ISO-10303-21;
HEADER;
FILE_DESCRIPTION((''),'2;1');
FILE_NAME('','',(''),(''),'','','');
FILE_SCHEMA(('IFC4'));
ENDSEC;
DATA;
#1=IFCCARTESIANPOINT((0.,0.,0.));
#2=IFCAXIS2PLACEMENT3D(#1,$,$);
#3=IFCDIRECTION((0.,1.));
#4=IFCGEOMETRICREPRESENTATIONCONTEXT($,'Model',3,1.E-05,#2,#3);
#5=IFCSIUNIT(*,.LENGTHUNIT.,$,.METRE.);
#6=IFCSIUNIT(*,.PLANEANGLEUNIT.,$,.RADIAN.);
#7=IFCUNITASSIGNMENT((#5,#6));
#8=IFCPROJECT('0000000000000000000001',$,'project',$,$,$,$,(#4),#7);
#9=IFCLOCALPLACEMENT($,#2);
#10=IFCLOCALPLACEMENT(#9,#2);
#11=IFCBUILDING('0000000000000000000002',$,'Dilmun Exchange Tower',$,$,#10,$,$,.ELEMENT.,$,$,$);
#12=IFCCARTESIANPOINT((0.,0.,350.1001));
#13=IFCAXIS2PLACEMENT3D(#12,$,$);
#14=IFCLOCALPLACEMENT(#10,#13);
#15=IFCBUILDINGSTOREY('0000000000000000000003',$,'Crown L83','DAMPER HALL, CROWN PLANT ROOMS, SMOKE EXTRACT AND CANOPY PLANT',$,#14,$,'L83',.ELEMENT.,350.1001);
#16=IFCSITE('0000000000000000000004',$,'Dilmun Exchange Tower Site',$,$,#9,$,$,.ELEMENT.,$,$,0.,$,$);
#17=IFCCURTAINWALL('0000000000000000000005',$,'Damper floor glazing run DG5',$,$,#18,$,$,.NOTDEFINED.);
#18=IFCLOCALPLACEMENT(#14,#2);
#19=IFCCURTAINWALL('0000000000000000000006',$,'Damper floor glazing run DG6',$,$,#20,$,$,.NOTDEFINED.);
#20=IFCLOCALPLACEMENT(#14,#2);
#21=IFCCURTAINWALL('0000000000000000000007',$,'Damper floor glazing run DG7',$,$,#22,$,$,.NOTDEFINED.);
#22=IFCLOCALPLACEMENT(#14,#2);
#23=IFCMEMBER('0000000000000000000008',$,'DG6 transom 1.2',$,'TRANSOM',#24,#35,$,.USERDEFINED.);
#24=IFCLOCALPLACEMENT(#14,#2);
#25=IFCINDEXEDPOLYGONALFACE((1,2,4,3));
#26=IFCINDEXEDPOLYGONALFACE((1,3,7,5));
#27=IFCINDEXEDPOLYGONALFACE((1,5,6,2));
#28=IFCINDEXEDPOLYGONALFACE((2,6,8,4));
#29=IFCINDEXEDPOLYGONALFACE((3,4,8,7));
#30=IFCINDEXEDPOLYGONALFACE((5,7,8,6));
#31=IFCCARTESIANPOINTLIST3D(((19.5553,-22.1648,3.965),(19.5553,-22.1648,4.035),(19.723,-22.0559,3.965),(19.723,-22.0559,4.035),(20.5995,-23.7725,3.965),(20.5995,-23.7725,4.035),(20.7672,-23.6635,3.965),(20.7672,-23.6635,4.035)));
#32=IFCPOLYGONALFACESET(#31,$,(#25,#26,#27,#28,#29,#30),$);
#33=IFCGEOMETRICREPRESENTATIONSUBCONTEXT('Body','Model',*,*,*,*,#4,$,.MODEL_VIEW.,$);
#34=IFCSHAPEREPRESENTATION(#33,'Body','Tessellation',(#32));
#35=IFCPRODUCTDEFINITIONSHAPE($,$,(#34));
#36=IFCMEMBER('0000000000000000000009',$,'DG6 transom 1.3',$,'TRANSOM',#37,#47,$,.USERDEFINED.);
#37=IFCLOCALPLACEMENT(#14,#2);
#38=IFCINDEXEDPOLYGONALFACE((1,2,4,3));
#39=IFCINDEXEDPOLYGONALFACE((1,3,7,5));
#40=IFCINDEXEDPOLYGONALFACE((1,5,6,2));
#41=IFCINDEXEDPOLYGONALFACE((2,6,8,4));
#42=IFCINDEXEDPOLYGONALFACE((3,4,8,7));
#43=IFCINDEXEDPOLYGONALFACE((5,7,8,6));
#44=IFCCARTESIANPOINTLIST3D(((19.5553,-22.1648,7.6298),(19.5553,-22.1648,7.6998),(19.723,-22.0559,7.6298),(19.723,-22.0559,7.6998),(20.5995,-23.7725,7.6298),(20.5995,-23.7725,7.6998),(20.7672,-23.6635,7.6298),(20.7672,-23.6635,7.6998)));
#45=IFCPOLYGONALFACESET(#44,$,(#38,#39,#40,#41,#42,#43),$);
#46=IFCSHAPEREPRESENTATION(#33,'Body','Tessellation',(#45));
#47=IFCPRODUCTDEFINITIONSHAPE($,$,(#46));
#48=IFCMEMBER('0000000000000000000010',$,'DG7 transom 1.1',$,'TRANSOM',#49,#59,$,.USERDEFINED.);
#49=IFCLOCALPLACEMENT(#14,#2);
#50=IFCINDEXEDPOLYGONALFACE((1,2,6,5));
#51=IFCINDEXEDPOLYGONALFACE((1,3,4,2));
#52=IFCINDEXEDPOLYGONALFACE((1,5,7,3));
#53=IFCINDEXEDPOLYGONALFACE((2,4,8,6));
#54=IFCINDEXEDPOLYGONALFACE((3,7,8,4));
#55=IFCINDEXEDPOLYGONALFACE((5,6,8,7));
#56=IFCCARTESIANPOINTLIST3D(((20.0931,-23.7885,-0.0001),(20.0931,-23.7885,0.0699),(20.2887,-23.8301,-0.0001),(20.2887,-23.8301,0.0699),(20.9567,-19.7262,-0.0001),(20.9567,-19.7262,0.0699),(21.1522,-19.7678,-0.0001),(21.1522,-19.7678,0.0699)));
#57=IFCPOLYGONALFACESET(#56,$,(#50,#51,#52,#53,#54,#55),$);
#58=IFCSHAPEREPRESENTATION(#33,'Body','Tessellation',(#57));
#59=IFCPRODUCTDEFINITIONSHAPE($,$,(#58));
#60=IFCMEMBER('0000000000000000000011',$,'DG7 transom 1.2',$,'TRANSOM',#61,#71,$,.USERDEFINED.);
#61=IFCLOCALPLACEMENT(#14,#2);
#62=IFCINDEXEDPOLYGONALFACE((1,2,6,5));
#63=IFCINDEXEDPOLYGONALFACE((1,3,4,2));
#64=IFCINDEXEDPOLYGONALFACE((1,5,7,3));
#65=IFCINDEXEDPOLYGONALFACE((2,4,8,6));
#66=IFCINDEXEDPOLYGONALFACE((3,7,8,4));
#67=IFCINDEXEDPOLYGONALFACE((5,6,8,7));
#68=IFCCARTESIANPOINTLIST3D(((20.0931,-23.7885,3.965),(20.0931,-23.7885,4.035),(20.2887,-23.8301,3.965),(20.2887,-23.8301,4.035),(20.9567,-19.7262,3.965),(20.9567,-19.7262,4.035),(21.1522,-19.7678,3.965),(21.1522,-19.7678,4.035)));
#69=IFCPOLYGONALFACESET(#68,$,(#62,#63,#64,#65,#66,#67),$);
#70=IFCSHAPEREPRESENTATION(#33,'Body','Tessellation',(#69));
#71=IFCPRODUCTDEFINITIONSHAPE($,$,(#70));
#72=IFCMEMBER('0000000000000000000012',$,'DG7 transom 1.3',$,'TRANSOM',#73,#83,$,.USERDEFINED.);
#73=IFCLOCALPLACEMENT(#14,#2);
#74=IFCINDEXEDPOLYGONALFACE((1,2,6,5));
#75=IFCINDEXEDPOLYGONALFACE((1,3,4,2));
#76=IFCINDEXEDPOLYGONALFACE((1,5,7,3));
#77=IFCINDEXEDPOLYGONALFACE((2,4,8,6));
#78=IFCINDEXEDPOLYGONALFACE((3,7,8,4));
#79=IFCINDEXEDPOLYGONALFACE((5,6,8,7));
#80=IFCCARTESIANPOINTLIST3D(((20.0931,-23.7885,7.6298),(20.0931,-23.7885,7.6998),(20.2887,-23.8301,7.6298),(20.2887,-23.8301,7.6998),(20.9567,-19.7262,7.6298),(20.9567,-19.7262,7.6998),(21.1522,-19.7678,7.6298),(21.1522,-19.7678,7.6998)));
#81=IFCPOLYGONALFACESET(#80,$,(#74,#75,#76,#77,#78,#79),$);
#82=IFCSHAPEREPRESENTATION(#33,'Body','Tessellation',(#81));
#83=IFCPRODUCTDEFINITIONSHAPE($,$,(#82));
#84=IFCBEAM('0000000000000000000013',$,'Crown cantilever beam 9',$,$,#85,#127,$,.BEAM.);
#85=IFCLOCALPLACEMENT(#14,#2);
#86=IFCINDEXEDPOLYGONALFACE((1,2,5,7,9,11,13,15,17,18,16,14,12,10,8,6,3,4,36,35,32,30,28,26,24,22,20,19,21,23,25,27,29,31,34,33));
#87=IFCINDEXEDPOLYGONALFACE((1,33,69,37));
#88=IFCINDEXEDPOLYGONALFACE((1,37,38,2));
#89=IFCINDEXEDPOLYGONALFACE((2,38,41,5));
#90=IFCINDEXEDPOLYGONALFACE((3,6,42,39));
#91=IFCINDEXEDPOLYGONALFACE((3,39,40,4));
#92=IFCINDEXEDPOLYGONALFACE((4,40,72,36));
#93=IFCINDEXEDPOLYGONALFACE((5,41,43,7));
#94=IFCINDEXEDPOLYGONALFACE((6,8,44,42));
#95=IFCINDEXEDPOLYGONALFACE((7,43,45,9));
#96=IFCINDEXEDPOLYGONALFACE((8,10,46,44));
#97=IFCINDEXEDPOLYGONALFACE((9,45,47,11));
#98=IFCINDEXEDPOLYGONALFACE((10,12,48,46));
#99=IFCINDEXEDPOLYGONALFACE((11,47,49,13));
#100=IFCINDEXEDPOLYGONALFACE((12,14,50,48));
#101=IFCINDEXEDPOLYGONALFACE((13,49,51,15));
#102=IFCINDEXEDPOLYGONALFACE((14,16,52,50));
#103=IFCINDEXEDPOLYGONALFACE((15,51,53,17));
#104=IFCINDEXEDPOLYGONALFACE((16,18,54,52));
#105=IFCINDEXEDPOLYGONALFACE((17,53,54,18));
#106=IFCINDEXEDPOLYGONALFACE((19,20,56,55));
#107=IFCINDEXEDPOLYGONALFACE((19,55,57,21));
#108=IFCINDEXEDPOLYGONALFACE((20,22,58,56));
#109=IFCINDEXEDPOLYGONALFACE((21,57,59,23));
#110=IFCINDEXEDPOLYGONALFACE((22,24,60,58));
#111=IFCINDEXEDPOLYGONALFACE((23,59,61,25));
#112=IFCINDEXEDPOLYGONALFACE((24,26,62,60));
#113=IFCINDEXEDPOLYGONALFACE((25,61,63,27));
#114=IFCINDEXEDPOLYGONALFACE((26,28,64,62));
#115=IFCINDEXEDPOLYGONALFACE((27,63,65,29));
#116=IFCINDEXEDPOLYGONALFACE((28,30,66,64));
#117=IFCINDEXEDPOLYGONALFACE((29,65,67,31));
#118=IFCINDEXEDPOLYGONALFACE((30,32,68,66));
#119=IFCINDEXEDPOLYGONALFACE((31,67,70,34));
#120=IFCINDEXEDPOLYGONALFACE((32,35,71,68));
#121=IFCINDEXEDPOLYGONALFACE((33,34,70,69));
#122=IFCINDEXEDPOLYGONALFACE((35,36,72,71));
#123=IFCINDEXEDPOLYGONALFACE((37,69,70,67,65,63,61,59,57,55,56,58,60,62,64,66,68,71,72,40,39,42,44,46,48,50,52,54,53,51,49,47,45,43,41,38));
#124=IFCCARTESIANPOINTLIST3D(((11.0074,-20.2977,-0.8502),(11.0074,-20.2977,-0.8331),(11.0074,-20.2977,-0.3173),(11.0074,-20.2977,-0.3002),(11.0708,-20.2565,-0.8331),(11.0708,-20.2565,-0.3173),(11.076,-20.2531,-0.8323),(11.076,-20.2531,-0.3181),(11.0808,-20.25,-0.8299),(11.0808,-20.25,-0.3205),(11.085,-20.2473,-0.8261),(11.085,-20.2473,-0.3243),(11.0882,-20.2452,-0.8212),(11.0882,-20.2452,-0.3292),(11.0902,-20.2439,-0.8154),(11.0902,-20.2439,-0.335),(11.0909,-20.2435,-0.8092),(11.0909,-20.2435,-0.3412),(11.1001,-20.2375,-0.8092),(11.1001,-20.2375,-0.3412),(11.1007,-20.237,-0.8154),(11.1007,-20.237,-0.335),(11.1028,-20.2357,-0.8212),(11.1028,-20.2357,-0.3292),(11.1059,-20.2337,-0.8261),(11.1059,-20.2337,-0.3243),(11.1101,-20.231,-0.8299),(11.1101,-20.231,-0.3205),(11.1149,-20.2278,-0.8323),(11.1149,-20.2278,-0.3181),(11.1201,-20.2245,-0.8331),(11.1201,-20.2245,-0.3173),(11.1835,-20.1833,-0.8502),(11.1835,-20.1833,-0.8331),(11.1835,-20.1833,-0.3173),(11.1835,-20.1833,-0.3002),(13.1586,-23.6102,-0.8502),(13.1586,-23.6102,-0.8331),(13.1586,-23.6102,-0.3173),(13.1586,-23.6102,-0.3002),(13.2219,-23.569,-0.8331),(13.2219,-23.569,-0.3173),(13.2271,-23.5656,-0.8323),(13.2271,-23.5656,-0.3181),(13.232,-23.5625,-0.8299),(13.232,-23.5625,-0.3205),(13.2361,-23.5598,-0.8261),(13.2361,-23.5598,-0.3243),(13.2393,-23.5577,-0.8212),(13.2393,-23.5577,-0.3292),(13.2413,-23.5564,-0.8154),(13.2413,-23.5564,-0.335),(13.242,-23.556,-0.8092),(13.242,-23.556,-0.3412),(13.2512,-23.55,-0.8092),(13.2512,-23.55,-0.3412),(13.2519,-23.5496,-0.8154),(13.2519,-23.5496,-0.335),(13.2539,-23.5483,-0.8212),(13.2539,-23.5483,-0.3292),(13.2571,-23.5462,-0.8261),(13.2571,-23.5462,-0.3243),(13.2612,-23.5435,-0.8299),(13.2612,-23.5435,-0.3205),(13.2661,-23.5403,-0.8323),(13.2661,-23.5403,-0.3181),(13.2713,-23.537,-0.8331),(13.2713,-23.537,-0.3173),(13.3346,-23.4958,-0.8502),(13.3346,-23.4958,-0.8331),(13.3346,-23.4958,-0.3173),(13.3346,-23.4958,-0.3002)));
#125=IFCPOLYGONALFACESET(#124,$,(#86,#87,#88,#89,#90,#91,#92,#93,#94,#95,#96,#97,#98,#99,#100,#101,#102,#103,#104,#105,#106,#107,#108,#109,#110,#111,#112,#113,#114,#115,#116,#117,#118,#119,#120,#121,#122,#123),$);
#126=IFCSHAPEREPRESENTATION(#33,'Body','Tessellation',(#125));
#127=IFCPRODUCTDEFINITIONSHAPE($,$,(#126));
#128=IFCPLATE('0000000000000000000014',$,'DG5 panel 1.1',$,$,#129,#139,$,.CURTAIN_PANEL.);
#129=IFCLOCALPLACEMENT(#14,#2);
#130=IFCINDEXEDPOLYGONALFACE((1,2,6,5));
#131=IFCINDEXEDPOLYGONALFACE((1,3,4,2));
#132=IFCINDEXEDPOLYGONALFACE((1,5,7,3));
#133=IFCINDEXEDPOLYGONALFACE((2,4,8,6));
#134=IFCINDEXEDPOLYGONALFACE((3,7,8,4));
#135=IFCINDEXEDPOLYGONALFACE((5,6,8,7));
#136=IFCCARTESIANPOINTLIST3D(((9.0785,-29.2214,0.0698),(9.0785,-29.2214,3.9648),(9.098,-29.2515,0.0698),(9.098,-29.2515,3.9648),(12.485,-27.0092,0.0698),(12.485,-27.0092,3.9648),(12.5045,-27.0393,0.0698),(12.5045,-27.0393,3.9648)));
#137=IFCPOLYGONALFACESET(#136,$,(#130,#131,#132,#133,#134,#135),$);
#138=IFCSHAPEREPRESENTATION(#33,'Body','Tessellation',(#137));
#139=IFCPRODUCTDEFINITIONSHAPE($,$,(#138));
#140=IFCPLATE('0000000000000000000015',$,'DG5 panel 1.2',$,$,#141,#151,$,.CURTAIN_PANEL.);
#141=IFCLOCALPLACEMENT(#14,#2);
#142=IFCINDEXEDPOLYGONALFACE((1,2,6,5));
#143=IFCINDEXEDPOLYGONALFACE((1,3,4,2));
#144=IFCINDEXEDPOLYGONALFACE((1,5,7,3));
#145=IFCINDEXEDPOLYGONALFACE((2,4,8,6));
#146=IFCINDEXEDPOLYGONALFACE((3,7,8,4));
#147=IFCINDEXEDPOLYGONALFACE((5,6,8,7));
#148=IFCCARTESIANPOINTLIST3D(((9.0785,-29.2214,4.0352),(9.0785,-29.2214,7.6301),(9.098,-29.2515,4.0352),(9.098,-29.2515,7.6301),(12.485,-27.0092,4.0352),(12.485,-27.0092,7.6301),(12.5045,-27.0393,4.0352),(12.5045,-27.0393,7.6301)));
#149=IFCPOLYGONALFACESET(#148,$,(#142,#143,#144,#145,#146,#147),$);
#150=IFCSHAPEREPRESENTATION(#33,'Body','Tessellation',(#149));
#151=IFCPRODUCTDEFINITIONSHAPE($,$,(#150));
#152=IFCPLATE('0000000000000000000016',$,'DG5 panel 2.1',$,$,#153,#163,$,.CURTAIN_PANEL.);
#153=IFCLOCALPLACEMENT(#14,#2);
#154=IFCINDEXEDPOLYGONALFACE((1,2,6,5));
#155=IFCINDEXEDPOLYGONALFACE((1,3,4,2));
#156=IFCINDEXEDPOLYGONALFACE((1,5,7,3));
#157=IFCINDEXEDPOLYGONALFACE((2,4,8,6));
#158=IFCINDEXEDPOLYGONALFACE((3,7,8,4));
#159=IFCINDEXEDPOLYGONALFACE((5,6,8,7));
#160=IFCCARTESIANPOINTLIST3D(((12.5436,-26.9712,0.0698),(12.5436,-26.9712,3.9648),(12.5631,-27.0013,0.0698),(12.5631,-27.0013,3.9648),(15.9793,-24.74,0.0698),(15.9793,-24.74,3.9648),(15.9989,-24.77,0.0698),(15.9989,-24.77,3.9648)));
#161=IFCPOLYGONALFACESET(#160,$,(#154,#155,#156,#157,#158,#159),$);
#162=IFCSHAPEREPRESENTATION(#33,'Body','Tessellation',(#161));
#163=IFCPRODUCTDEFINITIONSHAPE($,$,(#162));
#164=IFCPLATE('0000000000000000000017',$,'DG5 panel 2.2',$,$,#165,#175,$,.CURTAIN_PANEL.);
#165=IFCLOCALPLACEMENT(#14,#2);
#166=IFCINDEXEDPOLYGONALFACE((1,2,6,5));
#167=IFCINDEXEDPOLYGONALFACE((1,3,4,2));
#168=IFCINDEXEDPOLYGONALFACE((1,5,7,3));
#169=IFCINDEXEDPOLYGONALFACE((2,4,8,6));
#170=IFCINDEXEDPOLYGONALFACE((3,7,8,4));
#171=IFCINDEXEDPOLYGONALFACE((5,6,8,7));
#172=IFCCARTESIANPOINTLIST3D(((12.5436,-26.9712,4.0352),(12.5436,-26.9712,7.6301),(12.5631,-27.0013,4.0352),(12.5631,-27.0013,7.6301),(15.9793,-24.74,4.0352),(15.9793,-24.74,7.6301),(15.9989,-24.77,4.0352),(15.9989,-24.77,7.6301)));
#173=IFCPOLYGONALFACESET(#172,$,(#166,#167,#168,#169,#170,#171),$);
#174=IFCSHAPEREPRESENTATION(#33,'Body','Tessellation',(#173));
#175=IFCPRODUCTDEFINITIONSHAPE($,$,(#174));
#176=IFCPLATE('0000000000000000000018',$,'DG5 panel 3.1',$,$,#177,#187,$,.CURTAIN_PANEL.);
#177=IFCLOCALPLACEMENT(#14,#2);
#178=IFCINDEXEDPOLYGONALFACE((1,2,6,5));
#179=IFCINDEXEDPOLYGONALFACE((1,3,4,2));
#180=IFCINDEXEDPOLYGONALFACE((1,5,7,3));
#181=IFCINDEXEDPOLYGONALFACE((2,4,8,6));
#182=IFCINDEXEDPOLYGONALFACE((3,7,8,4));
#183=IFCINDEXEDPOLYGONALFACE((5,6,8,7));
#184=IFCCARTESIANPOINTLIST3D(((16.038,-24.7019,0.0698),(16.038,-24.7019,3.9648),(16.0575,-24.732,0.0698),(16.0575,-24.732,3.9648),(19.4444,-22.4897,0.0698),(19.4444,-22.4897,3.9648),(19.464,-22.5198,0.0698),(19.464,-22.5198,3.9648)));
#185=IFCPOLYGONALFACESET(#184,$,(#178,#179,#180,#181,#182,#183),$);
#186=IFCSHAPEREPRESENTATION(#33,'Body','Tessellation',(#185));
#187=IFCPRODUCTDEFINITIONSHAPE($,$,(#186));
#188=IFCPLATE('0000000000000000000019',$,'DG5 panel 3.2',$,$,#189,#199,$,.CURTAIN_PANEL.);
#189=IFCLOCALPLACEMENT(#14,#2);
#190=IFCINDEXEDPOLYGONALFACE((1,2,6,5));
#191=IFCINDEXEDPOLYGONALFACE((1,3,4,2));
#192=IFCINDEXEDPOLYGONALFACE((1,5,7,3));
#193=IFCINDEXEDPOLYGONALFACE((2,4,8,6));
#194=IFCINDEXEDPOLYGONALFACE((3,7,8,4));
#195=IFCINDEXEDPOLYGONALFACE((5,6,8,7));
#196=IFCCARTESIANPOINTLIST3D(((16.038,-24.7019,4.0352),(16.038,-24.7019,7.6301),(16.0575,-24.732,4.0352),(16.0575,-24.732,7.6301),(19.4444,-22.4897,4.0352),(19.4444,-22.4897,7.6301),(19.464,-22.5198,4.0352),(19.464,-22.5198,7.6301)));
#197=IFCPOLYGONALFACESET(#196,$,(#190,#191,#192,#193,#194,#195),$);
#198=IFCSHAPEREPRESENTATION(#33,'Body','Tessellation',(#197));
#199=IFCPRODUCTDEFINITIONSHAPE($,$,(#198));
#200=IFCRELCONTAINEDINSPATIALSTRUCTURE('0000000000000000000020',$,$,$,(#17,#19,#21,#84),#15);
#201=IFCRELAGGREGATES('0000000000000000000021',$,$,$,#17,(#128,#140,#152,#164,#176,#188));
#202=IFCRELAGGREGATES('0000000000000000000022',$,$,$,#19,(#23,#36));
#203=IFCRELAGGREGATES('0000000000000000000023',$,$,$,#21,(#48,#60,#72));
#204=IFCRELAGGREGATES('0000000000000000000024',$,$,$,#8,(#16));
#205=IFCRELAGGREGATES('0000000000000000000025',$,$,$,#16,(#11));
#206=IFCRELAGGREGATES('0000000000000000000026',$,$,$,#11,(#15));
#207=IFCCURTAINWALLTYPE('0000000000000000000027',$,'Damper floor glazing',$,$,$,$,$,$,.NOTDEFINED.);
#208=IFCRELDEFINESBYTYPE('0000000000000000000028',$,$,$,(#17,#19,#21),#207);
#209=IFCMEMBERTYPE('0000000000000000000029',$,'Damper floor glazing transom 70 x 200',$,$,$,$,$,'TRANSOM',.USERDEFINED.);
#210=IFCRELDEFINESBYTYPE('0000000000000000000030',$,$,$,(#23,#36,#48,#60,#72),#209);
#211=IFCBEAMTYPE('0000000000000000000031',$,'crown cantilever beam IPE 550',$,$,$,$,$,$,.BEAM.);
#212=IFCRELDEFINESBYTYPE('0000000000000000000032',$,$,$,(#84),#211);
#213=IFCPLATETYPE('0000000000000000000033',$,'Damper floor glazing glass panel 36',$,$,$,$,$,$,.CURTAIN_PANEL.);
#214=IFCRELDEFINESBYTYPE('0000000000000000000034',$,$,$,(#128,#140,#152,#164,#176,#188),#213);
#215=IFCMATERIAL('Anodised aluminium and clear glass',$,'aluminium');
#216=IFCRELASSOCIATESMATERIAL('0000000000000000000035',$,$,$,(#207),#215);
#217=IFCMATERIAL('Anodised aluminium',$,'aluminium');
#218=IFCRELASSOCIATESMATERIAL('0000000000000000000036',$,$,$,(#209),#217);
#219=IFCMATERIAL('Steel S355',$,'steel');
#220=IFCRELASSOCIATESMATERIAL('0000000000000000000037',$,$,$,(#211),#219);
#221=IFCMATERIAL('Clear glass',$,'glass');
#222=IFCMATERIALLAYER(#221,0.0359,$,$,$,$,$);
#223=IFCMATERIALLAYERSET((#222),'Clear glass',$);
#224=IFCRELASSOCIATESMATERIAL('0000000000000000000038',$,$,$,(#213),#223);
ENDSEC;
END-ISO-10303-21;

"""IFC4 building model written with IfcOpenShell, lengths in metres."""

from ifc_helpers import new_model, si_unit, direction, frame, origin, origin_2d, place, context, subcontext, project, spatial, rectangle, i_section, extrude, material, layer, layer_set, material_profile, profile_set, type_object, element, aggregate, save


model = new_model("IFC4")

# Units and contexts
model_context = context("Model", 3, precision=1e-05, world=origin(), true_north=direction((0.0, 1.0)))
body_context = subcontext(model_context, "Body", "Model", "MODEL_VIEW")
ifc_project = project(units=[si_unit("LENGTHUNIT", "METRE"), si_unit("PLANEANGLEUNIT", "RADIAN")], contexts=[model_context])

# Site, building, storey
site_placement = place(None, origin())
site = spatial("IfcSite", under=ifc_project, at=site_placement, Name="Dilmun Exchange Tower Site", CompositionType="ELEMENT", RefElevation=0.0)
building_placement = place(site_placement, origin())
building = spatial("IfcBuilding", under=site, at=building_placement, Name="Dilmun Exchange Tower", CompositionType="ELEMENT")
storey_placement = place(building_placement, frame((0.0, 0.0, 350.1001)))
storey = spatial("IfcBuildingStorey", under=building, at=storey_placement, Name="Crown L83", Description="DAMPER HALL, CROWN PLANT ROOMS, SMOKE EXTRACT AND CANOPY PLANT", LongName="L83", CompositionType="ELEMENT", Elevation=350.1001)

# Shared definitions
ifc_material_1 = material(Name="Anodised aluminium and clear glass", Category="aluminium")
curtain_wall_type = type_object("IfcCurtainWallType", Name="Damper floor glazing", PredefinedType="NOTDEFINED", material=ifc_material_1)
ifc_material_2 = material(Name="Anodised aluminium", Category="aluminium")

# Curtain walls
curtain_wall_1_placement = place(storey_placement, origin())
curtain_wall_1 = element("IfcCurtainWall", 1, at=curtain_wall_1_placement, inside=storey, type_object=curtain_wall_type, Name="Damper floor glazing run DG5", PredefinedType="NOTDEFINED")
curtain_wall_2_placement = place(storey_placement, origin())
curtain_wall_2 = element("IfcCurtainWall", 2, at=curtain_wall_2_placement, inside=storey, type_object=curtain_wall_type, Name="Damper floor glazing run DG6", PredefinedType="NOTDEFINED")

# Curtain wall
curtain_wall_3_placement = place(storey_placement, origin())
curtain_wall_3 = element("IfcCurtainWall", 3, at=curtain_wall_3_placement, inside=storey, type_object=curtain_wall_type, Name="Damper floor glazing run DG7", PredefinedType="NOTDEFINED")

# Members
ifc_material_profile_1 = material_profile(ifc_material_2, rectangle(XDim=0.2, YDim=0.0701, at=origin_2d()), Name="AL 70x200")
ifc_profile_set_1 = profile_set([ifc_material_profile_1], Name="Anodised aluminium")
member_type_1 = type_object("IfcMemberType", Name="Damper floor glazing transom 70 x 200", ElementType="TRANSOM", PredefinedType="USERDEFINED", material=ifc_profile_set_1)
member_1_placement = place(storey_placement, frame((19.6392, -22.1104, 4.0), z_axis=(0.544697, -0.838633, 0.0), x_axis=(0.838633, 0.544697, 0.0)))
member_1 = element("IfcMember", 4, at=member_1_placement, type_object=member_type_1, Name="DG6 transom 1.2", ObjectType="TRANSOM", PredefinedType="USERDEFINED", context=body_context, shape_type="SweptSolid", body=[
    extrude(rectangle(XDim=0.2, YDim=0.0701, at=origin_2d()), origin(), (0.0, 0.0, 1.0), 1.917),
])
member_2_placement = place(storey_placement, frame((19.6392, -22.1104, 7.6648), z_axis=(0.544697, -0.838633, 0.0), x_axis=(0.838633, 0.544697, 0.0)))
member_2 = element("IfcMember", 5, at=member_2_placement, type_object=member_type_1, Name="DG6 transom 1.3", ObjectType="TRANSOM", PredefinedType="USERDEFINED", context=body_context, shape_type="SweptSolid", body=[
    extrude(rectangle(XDim=0.2, YDim=0.0701, at=origin_2d()), origin(), (0.0, 0.0, 1.0), 1.917),
])
member_3_placement = place(storey_placement, frame((20.1909, -23.8093, 0.0349), z_axis=(0.207927, 0.978144, 0.0), x_axis=(-0.978144, 0.207927, 0.0)))
member_3 = element("IfcMember", 6, at=member_3_placement, type_object=member_type_1, Name="DG7 transom 1.1", ObjectType="TRANSOM", PredefinedType="USERDEFINED", context=body_context, shape_type="SweptSolid", body=[
    extrude(rectangle(XDim=0.2, YDim=0.0701, at=origin_2d()), origin(), (0.0, 0.0, 1.0), 4.1531),
])
member_4_placement = place(storey_placement, frame((20.1909, -23.8093, 4.0), z_axis=(0.207927, 0.978144, 0.0), x_axis=(-0.978144, 0.207927, 0.0)))
member_4 = element("IfcMember", 7, at=member_4_placement, type_object=member_type_1, Name="DG7 transom 1.2", ObjectType="TRANSOM", PredefinedType="USERDEFINED", context=body_context, shape_type="SweptSolid", body=[
    extrude(rectangle(XDim=0.2, YDim=0.0701, at=origin_2d()), origin(), (0.0, 0.0, 1.0), 4.1531),
])
member_5_placement = place(storey_placement, frame((20.1909, -23.8093, 7.6648), z_axis=(0.207927, 0.978144, 0.0), x_axis=(-0.978144, 0.207927, 0.0)))
member_5 = element("IfcMember", 8, at=member_5_placement, type_object=member_type_1, Name="DG7 transom 1.3", ObjectType="TRANSOM", PredefinedType="USERDEFINED", context=body_context, shape_type="SweptSolid", body=[
    extrude(rectangle(XDim=0.2, YDim=0.0701, at=origin_2d()), origin(), (0.0, 0.0, 1.0), 4.1531),
])

# Beam
ifc_material_3 = material(Name="Steel S355", Category="steel")
ifc_material_profile_2 = material_profile(ifc_material_3, i_section(OverallWidth=0.21, OverallDepth=0.55, WebThickness=0.011, FlangeThickness=0.0171, FilletRadius=0.0239, at=origin_2d()), Name="IPE 550")
ifc_profile_set_2 = profile_set([ifc_material_profile_2], Name="Steel S355")
beam_type = type_object("IfcBeamType", Name="crown cantilever beam IPE 550", PredefinedType="BEAM", material=ifc_profile_set_2)
beam_placement = place(storey_placement, frame((11.0955, -20.2405, -0.5752), z_axis=(0.544632, -0.838675, 0.0), x_axis=(0.838675, 0.544632, 0.0)))
element("IfcBeam", 9, at=beam_placement, inside=storey, type_object=beam_type, Name="Crown cantilever beam 9", PredefinedType="BEAM", context=body_context, shape_type="SweptSolid", body=[
    extrude(i_section(OverallWidth=0.21, OverallDepth=0.55, WebThickness=0.011, FlangeThickness=0.0171, FilletRadius=0.0239, at=origin_2d()), origin(), (0.0, 0.0, 1.0), 3.9497),
])

# Plates
ifc_material_4 = material(Name="Clear glass", Category="glass")
ifc_layer = layer(ifc_material_4, 0.0359)
ifc_layer_set = layer_set([ifc_layer], Name="Clear glass")
plate_type = type_object("IfcPlateType", Name="Damper floor glazing glass panel 36", PredefinedType="CURTAIN_PANEL", material=ifc_layer_set)
plate_1_placement = place(storey_placement, frame((10.7915, -28.1304, 0.0698), z_axis=(0.0, 0.0, 1.0), x_axis=(0.838671, 0.544639, 0.0)))
plate_1 = element("IfcPlate", 10, at=plate_1_placement, type_object=plate_type, Name="DG5 panel 1.1", PredefinedType="CURTAIN_PANEL", context=body_context, shape_type="SweptSolid", body=[
    extrude(rectangle(XDim=4.0618, YDim=0.0359, at=origin_2d()), origin(), (0.0, 0.0, 1.0), 3.895),
])
plate_2_placement = place(storey_placement, frame((10.7915, -28.1304, 4.0352), z_axis=(0.0, 0.0, 1.0), x_axis=(0.838671, 0.544639, 0.0)))
plate_2 = element("IfcPlate", 11, at=plate_2_placement, type_object=plate_type, Name="DG5 panel 1.2", PredefinedType="CURTAIN_PANEL", context=body_context, shape_type="SweptSolid", body=[
    extrude(rectangle(XDim=4.0618, YDim=0.0359, at=origin_2d()), origin(), (0.0, 0.0, 1.0), 3.595),
])
plate_3_placement = place(storey_placement, frame((14.2712, -25.8706, 0.0698), z_axis=(0.0, 0.0, 1.0), x_axis=(0.838671, 0.544639, 0.0)))
plate_3 = element("IfcPlate", 12, at=plate_3_placement, type_object=plate_type, Name="DG5 panel 2.1", PredefinedType="CURTAIN_PANEL", context=body_context, shape_type="SweptSolid", body=[
    extrude(rectangle(XDim=4.0967, YDim=0.0359, at=origin_2d()), origin(), (0.0, 0.0, 1.0), 3.895),
])
plate_4_placement = place(storey_placement, frame((14.2712, -25.8706, 4.0352), z_axis=(0.0, 0.0, 1.0), x_axis=(0.838671, 0.544639, 0.0)))
plate_4 = element("IfcPlate", 13, at=plate_4_placement, type_object=plate_type, Name="DG5 panel 2.2", PredefinedType="CURTAIN_PANEL", context=body_context, shape_type="SweptSolid", body=[
    extrude(rectangle(XDim=4.0967, YDim=0.0359, at=origin_2d()), origin(), (0.0, 0.0, 1.0), 3.595),
])
plate_5_placement = place(storey_placement, frame((17.751, -23.6108, 0.0698), z_axis=(0.0, 0.0, 1.0), x_axis=(0.838671, 0.544639, 0.0)))
plate_5 = element("IfcPlate", 14, at=plate_5_placement, type_object=plate_type, Name="DG5 panel 3.1", PredefinedType="CURTAIN_PANEL", context=body_context, shape_type="SweptSolid", body=[
    extrude(rectangle(XDim=4.0618, YDim=0.0359, at=origin_2d()), origin(), (0.0, 0.0, 1.0), 3.895),
])
plate_6_placement = place(storey_placement, frame((17.751, -23.6108, 4.0352), z_axis=(0.0, 0.0, 1.0), x_axis=(0.838671, 0.544639, 0.0)))
plate_6 = element("IfcPlate", 15, at=plate_6_placement, type_object=plate_type, Name="DG5 panel 3.2", PredefinedType="CURTAIN_PANEL", context=body_context, shape_type="SweptSolid", body=[
    extrude(rectangle(XDim=4.0618, YDim=0.0359, at=origin_2d()), origin(), (0.0, 0.0, 1.0), 3.595),
])
aggregate(curtain_wall_1, [plate_1, plate_2, plate_3, plate_4, plate_5, plate_6])
aggregate(curtain_wall_2, [member_1, member_2])
aggregate(curtain_wall_3, [member_3, member_4, member_5])

save(model, "model.ifc")
